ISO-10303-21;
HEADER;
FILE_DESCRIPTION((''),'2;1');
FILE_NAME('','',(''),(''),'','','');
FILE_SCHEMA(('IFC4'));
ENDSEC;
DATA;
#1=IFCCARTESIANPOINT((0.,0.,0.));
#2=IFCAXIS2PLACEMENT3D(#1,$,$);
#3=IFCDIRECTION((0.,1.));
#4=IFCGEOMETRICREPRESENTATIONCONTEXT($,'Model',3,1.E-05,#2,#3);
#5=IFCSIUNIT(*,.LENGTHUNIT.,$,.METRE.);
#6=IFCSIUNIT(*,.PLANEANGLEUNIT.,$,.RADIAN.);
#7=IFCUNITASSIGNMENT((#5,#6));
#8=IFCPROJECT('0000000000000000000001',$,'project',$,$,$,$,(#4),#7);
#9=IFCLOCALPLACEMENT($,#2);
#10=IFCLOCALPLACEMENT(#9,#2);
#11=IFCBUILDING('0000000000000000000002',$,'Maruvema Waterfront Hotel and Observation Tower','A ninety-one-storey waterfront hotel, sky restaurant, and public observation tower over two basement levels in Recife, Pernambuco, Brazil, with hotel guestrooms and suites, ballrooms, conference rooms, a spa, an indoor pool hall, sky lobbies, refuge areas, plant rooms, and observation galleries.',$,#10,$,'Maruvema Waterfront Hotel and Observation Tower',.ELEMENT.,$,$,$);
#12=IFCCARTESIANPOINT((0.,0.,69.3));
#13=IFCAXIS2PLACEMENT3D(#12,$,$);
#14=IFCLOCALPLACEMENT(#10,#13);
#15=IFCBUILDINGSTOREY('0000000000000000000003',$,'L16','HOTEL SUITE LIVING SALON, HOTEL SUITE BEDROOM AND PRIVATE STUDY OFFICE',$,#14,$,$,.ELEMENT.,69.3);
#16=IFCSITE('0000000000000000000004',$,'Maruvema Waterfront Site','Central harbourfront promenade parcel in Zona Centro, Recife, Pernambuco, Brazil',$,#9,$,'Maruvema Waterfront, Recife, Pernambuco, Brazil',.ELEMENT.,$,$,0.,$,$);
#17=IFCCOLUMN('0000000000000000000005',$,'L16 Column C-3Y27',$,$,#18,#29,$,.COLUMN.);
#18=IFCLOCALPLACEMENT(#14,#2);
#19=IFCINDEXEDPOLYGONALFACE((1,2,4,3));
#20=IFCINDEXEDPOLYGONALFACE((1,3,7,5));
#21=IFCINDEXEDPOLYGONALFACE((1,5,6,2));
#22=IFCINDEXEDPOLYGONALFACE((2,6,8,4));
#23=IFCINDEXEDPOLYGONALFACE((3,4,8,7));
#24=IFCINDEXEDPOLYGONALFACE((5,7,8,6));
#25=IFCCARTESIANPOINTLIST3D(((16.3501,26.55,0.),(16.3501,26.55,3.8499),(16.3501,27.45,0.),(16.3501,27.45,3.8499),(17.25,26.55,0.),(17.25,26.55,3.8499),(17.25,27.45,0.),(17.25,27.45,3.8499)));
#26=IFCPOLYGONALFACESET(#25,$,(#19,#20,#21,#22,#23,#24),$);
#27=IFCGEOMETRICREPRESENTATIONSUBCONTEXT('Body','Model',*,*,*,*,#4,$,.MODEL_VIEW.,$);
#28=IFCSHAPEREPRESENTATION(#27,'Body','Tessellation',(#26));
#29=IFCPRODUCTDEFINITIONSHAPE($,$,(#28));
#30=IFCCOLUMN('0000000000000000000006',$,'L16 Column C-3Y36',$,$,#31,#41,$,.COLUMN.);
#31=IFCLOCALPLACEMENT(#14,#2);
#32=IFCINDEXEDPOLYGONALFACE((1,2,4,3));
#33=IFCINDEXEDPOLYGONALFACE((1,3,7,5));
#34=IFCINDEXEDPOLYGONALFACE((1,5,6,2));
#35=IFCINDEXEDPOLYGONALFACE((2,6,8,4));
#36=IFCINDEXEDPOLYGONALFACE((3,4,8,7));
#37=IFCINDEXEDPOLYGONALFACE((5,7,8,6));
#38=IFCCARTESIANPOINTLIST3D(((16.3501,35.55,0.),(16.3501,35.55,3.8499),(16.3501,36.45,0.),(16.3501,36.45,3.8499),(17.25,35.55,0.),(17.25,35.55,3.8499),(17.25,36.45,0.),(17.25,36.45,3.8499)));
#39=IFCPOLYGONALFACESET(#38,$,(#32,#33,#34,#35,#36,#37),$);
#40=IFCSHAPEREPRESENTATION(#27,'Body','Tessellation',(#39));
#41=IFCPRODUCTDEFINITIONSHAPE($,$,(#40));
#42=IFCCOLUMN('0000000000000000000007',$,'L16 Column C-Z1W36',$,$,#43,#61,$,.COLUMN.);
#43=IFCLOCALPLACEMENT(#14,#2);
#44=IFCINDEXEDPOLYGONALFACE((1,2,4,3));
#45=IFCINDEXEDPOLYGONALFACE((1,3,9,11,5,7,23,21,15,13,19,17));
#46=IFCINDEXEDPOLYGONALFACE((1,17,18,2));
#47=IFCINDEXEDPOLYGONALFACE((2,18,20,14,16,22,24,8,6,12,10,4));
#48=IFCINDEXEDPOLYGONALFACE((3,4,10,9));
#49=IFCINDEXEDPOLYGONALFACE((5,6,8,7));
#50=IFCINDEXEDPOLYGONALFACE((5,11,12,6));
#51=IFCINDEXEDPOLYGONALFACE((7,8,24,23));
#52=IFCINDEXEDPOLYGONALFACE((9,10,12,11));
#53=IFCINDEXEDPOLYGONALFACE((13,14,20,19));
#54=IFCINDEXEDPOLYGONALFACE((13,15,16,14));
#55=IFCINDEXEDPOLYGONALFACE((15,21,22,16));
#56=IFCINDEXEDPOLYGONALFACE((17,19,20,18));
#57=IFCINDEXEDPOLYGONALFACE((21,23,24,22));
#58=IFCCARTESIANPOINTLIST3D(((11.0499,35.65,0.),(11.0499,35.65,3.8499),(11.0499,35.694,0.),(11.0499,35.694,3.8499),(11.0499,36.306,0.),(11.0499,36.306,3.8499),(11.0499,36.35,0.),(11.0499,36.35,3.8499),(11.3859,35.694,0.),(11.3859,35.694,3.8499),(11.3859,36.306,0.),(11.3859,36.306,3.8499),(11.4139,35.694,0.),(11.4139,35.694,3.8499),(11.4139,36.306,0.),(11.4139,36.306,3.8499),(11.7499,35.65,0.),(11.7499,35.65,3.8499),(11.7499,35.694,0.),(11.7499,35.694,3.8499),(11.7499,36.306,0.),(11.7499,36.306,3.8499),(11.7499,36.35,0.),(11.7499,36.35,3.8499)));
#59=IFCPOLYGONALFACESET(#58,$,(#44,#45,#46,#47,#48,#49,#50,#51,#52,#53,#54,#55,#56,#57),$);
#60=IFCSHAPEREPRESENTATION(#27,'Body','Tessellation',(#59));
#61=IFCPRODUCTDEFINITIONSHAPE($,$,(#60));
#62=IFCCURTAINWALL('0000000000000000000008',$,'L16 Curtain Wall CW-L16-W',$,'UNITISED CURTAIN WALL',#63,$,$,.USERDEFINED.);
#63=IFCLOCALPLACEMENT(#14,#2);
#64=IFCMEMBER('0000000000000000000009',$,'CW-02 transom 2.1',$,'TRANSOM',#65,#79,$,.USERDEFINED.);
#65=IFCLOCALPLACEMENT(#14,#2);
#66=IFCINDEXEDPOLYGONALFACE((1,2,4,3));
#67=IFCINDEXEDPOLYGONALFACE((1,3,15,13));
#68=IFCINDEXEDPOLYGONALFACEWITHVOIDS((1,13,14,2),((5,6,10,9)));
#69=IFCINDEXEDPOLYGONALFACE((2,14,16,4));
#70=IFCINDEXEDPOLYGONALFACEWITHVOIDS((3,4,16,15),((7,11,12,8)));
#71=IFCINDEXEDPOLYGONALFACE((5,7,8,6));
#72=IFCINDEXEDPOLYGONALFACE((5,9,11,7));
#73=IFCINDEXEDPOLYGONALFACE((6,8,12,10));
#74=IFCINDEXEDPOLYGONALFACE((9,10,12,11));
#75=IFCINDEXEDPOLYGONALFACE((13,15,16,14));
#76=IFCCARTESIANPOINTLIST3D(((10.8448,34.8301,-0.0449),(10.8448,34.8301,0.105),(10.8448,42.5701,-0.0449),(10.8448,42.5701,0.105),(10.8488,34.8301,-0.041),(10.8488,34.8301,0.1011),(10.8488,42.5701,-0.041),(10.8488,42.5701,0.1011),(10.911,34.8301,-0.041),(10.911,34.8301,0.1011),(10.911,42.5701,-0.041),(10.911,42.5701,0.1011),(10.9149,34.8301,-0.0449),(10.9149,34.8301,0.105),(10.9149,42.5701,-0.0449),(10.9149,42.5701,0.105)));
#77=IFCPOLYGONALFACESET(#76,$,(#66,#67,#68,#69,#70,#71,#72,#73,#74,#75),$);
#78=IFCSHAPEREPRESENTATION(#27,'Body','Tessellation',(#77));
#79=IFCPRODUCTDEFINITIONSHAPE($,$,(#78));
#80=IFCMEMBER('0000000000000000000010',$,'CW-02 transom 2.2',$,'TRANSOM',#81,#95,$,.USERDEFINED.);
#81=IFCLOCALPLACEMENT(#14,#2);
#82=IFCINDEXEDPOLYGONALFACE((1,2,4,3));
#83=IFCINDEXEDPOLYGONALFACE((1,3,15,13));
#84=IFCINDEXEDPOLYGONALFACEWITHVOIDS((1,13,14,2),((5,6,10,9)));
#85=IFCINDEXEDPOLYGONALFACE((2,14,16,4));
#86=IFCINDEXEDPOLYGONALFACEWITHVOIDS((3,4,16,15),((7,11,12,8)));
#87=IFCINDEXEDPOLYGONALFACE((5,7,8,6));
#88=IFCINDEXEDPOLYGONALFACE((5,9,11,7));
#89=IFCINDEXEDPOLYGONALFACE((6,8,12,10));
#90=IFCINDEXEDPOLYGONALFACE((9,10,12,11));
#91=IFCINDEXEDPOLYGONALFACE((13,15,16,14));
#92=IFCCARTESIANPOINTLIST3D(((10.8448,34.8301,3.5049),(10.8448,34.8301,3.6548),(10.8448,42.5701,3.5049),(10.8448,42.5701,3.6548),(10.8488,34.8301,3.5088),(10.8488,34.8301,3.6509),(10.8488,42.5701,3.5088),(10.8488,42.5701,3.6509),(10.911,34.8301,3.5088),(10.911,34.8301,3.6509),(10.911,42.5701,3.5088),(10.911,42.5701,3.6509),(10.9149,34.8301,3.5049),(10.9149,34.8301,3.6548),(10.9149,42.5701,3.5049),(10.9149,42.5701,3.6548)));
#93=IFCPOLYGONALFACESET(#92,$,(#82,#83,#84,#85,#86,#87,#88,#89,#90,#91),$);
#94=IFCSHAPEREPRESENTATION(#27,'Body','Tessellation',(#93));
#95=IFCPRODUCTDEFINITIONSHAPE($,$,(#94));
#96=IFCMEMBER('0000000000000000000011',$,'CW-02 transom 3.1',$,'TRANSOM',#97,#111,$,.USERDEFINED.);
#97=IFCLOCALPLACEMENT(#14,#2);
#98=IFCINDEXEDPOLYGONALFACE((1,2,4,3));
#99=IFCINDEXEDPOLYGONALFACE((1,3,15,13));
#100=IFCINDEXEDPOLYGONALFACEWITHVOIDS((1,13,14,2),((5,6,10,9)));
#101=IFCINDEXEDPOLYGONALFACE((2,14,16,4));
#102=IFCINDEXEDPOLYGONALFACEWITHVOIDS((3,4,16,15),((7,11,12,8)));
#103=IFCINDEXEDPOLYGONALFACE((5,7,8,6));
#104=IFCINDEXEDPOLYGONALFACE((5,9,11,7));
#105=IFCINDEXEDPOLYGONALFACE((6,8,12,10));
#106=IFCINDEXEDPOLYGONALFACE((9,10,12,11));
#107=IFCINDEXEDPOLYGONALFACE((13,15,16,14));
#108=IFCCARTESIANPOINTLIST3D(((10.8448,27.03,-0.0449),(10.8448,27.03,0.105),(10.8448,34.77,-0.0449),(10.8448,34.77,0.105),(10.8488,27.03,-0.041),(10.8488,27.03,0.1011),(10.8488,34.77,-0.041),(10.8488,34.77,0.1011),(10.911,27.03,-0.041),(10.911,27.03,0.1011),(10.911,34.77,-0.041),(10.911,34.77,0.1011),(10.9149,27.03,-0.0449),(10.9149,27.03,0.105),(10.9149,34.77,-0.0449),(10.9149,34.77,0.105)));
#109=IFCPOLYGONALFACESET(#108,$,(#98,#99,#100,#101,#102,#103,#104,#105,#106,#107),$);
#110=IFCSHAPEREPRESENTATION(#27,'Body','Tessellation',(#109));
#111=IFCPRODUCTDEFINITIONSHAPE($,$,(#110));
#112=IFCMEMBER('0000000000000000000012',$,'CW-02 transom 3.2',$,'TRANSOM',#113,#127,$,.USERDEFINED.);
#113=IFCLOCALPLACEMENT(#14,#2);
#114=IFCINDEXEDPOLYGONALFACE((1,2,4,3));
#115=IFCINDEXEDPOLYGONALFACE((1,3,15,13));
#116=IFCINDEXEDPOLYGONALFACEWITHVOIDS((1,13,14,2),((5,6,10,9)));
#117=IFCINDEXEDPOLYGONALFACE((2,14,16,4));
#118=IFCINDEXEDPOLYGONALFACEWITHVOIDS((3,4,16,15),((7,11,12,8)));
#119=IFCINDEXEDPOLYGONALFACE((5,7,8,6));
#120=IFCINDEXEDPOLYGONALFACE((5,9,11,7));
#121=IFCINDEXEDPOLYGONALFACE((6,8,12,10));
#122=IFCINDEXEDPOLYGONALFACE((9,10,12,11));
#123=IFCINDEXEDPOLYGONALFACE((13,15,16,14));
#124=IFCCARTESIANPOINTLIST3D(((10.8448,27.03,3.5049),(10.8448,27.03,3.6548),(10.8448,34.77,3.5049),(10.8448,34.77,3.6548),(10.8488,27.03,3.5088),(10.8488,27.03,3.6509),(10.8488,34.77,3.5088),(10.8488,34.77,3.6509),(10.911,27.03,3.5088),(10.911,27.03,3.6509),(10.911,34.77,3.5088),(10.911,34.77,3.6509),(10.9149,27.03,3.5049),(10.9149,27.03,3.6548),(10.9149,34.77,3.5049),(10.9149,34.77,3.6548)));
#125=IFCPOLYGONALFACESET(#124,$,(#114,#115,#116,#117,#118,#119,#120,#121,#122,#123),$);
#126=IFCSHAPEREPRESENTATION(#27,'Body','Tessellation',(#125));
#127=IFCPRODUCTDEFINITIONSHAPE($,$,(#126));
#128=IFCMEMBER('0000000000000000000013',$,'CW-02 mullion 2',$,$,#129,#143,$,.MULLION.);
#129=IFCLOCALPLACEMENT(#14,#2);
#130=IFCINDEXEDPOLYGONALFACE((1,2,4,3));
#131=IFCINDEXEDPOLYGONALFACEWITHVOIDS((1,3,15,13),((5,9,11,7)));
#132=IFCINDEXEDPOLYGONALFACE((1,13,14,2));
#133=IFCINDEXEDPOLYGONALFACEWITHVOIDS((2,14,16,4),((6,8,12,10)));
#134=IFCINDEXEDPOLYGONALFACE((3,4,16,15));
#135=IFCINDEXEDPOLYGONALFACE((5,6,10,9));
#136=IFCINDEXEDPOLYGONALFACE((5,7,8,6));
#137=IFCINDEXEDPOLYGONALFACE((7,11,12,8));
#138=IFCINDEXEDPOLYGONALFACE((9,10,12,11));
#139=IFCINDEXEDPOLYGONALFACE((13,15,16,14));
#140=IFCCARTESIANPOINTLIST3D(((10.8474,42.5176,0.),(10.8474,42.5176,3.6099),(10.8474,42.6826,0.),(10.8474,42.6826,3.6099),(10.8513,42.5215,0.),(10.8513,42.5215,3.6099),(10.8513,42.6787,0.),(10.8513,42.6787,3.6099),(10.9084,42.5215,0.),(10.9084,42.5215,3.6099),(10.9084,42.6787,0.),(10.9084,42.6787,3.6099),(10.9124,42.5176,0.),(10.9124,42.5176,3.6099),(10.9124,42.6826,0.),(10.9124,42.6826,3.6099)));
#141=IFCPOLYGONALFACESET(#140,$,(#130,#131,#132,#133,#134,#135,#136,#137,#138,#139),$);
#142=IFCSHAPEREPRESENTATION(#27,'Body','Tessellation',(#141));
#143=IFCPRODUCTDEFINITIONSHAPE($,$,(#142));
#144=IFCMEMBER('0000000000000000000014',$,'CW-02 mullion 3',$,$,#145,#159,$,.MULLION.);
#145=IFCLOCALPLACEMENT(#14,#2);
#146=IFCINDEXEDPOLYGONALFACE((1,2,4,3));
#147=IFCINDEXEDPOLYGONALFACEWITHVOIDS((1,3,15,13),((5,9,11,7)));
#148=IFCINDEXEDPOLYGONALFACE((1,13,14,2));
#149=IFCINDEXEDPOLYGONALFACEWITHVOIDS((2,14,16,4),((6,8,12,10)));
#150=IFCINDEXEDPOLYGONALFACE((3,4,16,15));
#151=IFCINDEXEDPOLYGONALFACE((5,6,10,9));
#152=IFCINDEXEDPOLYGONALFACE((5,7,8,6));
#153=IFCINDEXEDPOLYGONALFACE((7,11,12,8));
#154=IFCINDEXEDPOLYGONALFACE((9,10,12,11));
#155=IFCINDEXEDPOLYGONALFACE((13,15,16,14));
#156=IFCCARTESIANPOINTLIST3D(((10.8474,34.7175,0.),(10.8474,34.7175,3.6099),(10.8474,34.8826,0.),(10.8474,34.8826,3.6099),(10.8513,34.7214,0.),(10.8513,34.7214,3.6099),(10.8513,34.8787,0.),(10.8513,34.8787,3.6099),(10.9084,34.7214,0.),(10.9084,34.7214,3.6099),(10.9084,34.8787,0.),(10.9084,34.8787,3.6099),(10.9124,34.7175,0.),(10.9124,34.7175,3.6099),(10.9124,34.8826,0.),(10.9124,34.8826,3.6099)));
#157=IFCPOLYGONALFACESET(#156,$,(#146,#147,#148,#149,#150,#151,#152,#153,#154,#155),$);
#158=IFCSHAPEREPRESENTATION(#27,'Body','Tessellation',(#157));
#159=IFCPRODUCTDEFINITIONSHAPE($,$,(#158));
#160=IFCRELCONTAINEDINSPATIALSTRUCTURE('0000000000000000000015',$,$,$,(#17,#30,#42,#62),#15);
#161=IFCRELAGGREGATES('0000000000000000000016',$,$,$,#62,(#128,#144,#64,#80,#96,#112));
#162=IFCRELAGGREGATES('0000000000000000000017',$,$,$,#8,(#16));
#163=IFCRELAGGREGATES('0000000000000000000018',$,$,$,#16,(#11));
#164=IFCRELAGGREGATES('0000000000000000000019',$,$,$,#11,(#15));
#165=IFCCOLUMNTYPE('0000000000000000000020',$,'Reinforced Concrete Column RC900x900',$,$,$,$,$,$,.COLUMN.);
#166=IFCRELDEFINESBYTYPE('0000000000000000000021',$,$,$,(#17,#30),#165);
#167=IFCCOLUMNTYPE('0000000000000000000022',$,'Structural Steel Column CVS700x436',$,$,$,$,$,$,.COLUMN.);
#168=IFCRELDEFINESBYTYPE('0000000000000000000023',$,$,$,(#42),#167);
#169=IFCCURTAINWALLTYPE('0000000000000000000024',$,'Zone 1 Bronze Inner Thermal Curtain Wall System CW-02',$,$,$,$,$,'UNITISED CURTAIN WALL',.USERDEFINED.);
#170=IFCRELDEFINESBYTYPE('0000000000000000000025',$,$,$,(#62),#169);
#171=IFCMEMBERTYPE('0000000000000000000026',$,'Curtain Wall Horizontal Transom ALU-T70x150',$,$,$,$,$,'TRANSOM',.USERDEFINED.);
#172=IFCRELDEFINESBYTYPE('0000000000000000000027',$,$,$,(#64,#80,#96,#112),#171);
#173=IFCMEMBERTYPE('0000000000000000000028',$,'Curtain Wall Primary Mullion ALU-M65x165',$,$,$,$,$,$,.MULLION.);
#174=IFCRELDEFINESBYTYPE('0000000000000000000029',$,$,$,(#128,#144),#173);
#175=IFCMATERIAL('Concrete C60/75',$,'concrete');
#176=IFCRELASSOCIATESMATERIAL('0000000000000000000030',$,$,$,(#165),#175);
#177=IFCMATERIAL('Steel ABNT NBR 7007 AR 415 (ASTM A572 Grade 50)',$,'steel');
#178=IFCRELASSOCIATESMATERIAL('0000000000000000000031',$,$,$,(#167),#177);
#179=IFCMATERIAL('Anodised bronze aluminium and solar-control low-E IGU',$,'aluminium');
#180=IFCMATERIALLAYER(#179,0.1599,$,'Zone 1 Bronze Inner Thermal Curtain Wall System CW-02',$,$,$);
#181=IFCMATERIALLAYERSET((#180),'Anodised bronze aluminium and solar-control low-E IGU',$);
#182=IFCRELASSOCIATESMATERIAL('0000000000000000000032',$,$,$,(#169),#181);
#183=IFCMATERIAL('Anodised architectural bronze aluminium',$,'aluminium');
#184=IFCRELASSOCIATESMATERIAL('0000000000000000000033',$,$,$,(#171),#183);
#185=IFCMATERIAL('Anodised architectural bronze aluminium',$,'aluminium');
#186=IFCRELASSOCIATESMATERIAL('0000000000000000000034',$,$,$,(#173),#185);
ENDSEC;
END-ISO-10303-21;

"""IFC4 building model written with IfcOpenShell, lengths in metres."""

from ifc_helpers import new_model, si_unit, direction, frame, origin, origin_2d, place, context, subcontext, project, spatial, rectangle, hollow_rectangle, i_section, extrude, material, layer, layer_set, material_profile, profile_set, type_object, element, aggregate, save


model = new_model("IFC4")

# Units and contexts
model_context = context("Model", 3, precision=1e-05, world=origin(), true_north=direction((0.0, 1.0)))
body_context = subcontext(model_context, "Body", "Model", "MODEL_VIEW")
ifc_project = project(units=[si_unit("LENGTHUNIT", "METRE"), si_unit("PLANEANGLEUNIT", "RADIAN")], contexts=[model_context])

# Site, building, storey
site_placement = place(None, origin())
site = spatial("IfcSite", under=ifc_project, at=site_placement, Name="Maruvema Waterfront Site", Description="Central harbourfront promenade parcel in Zona Centro, Recife, Pernambuco, Brazil", LongName="Maruvema Waterfront, Recife, Pernambuco, Brazil", CompositionType="ELEMENT", RefElevation=0.0)
building_placement = place(site_placement, origin())
building = spatial("IfcBuilding", under=site, at=building_placement, Name="Maruvema Waterfront Hotel and Observation Tower", Description="A ninety-one-storey waterfront hotel, sky restaurant, and public observation tower over two basement levels in Recife, Pernambuco, Brazil, with hotel guestrooms and suites, ballrooms, conference rooms, a spa, an indoor pool hall, sky lobbies, refuge areas, plant rooms, and observation galleries.", LongName="Maruvema Waterfront Hotel and Observation Tower", CompositionType="ELEMENT")
storey_placement = place(building_placement, frame((0.0, 0.0, 69.3)))
storey = spatial("IfcBuildingStorey", under=building, at=storey_placement, Name="L16", Description="HOTEL SUITE LIVING SALON, HOTEL SUITE BEDROOM AND PRIVATE STUDY OFFICE", CompositionType="ELEMENT", Elevation=69.3)

# Columns
ifc_material_1 = material(Name="Concrete C60/75", Category="concrete")
ifc_material_profile_1 = material_profile(ifc_material_1, rectangle(XDim=0.8999, YDim=0.8999, at=origin_2d()), Name="RC900x900")
ifc_profile_set_1 = profile_set([ifc_material_profile_1], Name="Concrete C60/75")
column_type_1 = type_object("IfcColumnType", Name="Reinforced Concrete Column RC900x900", PredefinedType="COLUMN", material=ifc_profile_set_1)
for number, where, z_axis, x_axis, name in (
    (1, (16.8, 27.0, 0.0), (0.0, 0.0, 1.0), (1.0, 0.0, 0.0), "L16 Column C-3Y27"),
    (2, (16.8, 36.0, 0.0), (0.0, 0.0, 1.0), (1.0, 0.0, 0.0), "L16 Column C-3Y36"),
):
    element("IfcColumn", number, at=place(storey_placement, frame(where, z_axis=z_axis, x_axis=x_axis)), inside=storey, type_object=column_type_1, Name=name, PredefinedType="COLUMN", context=body_context, shape_type="SweptSolid", body=[
        extrude(rectangle(XDim=0.8999, YDim=0.8999, at=origin_2d()), origin(), (0.0, 0.0, 1.0), 3.8499),
    ])
ifc_material_2 = material(Name="Steel ABNT NBR 7007 AR 415 (ASTM A572 Grade 50)", Category="steel")
ifc_material_profile_2 = material_profile(ifc_material_2, i_section(OverallWidth=0.7, OverallDepth=0.7, WebThickness=0.0281, FlangeThickness=0.0439, at=origin_2d()), Name="CVS700x436")
ifc_profile_set_2 = profile_set([ifc_material_profile_2], Name="Steel ABNT NBR 7007 AR 415 (ASTM A572 Grade 50)")
column_type_2 = type_object("IfcColumnType", Name="Structural Steel Column CVS700x436", PredefinedType="COLUMN", material=ifc_profile_set_2)
column_placement = place(storey_placement, frame((11.3999, 36.0, 0.0), z_axis=(0.0, 0.0, 1.0), x_axis=(1.0, 0.0, 0.0)))
element("IfcColumn", 3, at=column_placement, inside=storey, type_object=column_type_2, Name="L16 Column C-Z1W36", PredefinedType="COLUMN", context=body_context, shape_type="SweptSolid", body=[
    extrude(i_section(OverallWidth=0.7, OverallDepth=0.7, WebThickness=0.0281, FlangeThickness=0.0439, at=origin_2d()), origin(), (0.0, 0.0, 1.0), 3.8499),
])

# Curtain wall, members
ifc_material_3 = material(Name="Anodised bronze aluminium and solar-control low-E IGU", Category="aluminium")
ifc_layer_1 = layer(ifc_material_3, 0.1599, Name="Zone 1 Bronze Inner Thermal Curtain Wall System CW-02")
ifc_layer_set_1 = layer_set([ifc_layer_1], Name="Anodised bronze aluminium and solar-control low-E IGU")
curtain_wall_type = type_object("IfcCurtainWallType", Name="Zone 1 Bronze Inner Thermal Curtain Wall System CW-02", ElementType="UNITISED CURTAIN WALL", PredefinedType="USERDEFINED", material=ifc_layer_set_1)
curtain_wall_placement = place(storey_placement, origin())
curtain_wall = element("IfcCurtainWall", 4, at=curtain_wall_placement, inside=storey, type_object=curtain_wall_type, Name="L16 Curtain Wall CW-L16-W", ObjectType="UNITISED CURTAIN WALL", PredefinedType="USERDEFINED")
ifc_material_4 = material(Name="Anodised architectural bronze aluminium", Category="aluminium")
ifc_material_profile_3 = material_profile(ifc_material_4, hollow_rectangle(XDim=0.0701, YDim=0.1499, WallThickness=0.0039, at=origin_2d()), Name="ALU-T70x150")
ifc_profile_set_3 = profile_set([ifc_material_profile_3], Name="Anodised architectural bronze aluminium")
member_type_1 = type_object("IfcMemberType", Name="Curtain Wall Horizontal Transom ALU-T70x150", ElementType="TRANSOM", PredefinedType="USERDEFINED", material=ifc_profile_set_3)
member_1_placement = place(storey_placement, frame((10.8799, 42.5701, 0.03), z_axis=(0.0, -1.0, 0.0), x_axis=(1.0, 0.0, 0.0)))
member_1 = element("IfcMember", 5, at=member_1_placement, type_object=member_type_1, Name="CW-02 transom 2.1", ObjectType="TRANSOM", PredefinedType="USERDEFINED", context=body_context, shape_type="SweptSolid", body=[
    extrude(hollow_rectangle(XDim=0.0701, YDim=0.1499, WallThickness=0.0039, at=origin_2d()), origin(), (0.0, 0.0, 1.0), 7.74),
])
member_2_placement = place(storey_placement, frame((10.8799, 42.5701, 3.5798), z_axis=(0.0, -1.0, 0.0), x_axis=(1.0, 0.0, 0.0)))
member_2 = element("IfcMember", 6, at=member_2_placement, type_object=member_type_1, Name="CW-02 transom 2.2", ObjectType="TRANSOM", PredefinedType="USERDEFINED", context=body_context, shape_type="SweptSolid", body=[
    extrude(hollow_rectangle(XDim=0.0701, YDim=0.1499, WallThickness=0.0039, at=origin_2d()), origin(), (0.0, 0.0, 1.0), 7.74),
])
member_3_placement = place(storey_placement, frame((10.8799, 34.77, 0.03), z_axis=(0.0, -1.0, 0.0), x_axis=(1.0, 0.0, 0.0)))
member_3 = element("IfcMember", 7, at=member_3_placement, type_object=member_type_1, Name="CW-02 transom 3.1", ObjectType="TRANSOM", PredefinedType="USERDEFINED", context=body_context, shape_type="SweptSolid", body=[
    extrude(hollow_rectangle(XDim=0.0701, YDim=0.1499, WallThickness=0.0039, at=origin_2d()), origin(), (0.0, 0.0, 1.0), 7.74),
])
member_4_placement = place(storey_placement, frame((10.8799, 34.77, 3.5798), z_axis=(0.0, -1.0, 0.0), x_axis=(1.0, 0.0, 0.0)))
member_4 = element("IfcMember", 8, at=member_4_placement, type_object=member_type_1, Name="CW-02 transom 3.2", ObjectType="TRANSOM", PredefinedType="USERDEFINED", context=body_context, shape_type="SweptSolid", body=[
    extrude(hollow_rectangle(XDim=0.0701, YDim=0.1499, WallThickness=0.0039, at=origin_2d()), origin(), (0.0, 0.0, 1.0), 7.74),
])
ifc_material_5 = material(Name="Anodised architectural bronze aluminium", Category="aluminium")
ifc_material_profile_4 = material_profile(ifc_material_5, hollow_rectangle(XDim=0.0649, YDim=0.165, WallThickness=0.0039, at=origin_2d()), Name="ALU-M65x165")
ifc_profile_set_4 = profile_set([ifc_material_profile_4], Name="Anodised architectural bronze aluminium")
member_type_2 = type_object("IfcMemberType", Name="Curtain Wall Primary Mullion ALU-M65x165", PredefinedType="MULLION", material=ifc_profile_set_4)
member_5_placement = place(storey_placement, frame((10.8799, 42.6001, 0.0), z_axis=(0.0, 0.0, 1.0), x_axis=(1.0, 0.0, 0.0)))
member_5 = element("IfcMember", 9, at=member_5_placement, type_object=member_type_2, Name="CW-02 mullion 2", PredefinedType="MULLION", context=body_context, shape_type="SweptSolid", body=[
    extrude(hollow_rectangle(XDim=0.0649, YDim=0.165, WallThickness=0.0039, at=origin_2d()), origin(), (0.0, 0.0, 1.0), 3.6099),
])
member_6_placement = place(storey_placement, frame((10.8799, 34.8, 0.0), z_axis=(0.0, 0.0, 1.0), x_axis=(1.0, 0.0, 0.0)))
member_6 = element("IfcMember", 10, at=member_6_placement, type_object=member_type_2, Name="CW-02 mullion 3", PredefinedType="MULLION", context=body_context, shape_type="SweptSolid", body=[
    extrude(hollow_rectangle(XDim=0.0649, YDim=0.165, WallThickness=0.0039, at=origin_2d()), origin(), (0.0, 0.0, 1.0), 3.6099),
])

aggregate(curtain_wall, [member_5, member_6, member_1, member_2, member_3, member_4])

save(model, "model.ifc")
